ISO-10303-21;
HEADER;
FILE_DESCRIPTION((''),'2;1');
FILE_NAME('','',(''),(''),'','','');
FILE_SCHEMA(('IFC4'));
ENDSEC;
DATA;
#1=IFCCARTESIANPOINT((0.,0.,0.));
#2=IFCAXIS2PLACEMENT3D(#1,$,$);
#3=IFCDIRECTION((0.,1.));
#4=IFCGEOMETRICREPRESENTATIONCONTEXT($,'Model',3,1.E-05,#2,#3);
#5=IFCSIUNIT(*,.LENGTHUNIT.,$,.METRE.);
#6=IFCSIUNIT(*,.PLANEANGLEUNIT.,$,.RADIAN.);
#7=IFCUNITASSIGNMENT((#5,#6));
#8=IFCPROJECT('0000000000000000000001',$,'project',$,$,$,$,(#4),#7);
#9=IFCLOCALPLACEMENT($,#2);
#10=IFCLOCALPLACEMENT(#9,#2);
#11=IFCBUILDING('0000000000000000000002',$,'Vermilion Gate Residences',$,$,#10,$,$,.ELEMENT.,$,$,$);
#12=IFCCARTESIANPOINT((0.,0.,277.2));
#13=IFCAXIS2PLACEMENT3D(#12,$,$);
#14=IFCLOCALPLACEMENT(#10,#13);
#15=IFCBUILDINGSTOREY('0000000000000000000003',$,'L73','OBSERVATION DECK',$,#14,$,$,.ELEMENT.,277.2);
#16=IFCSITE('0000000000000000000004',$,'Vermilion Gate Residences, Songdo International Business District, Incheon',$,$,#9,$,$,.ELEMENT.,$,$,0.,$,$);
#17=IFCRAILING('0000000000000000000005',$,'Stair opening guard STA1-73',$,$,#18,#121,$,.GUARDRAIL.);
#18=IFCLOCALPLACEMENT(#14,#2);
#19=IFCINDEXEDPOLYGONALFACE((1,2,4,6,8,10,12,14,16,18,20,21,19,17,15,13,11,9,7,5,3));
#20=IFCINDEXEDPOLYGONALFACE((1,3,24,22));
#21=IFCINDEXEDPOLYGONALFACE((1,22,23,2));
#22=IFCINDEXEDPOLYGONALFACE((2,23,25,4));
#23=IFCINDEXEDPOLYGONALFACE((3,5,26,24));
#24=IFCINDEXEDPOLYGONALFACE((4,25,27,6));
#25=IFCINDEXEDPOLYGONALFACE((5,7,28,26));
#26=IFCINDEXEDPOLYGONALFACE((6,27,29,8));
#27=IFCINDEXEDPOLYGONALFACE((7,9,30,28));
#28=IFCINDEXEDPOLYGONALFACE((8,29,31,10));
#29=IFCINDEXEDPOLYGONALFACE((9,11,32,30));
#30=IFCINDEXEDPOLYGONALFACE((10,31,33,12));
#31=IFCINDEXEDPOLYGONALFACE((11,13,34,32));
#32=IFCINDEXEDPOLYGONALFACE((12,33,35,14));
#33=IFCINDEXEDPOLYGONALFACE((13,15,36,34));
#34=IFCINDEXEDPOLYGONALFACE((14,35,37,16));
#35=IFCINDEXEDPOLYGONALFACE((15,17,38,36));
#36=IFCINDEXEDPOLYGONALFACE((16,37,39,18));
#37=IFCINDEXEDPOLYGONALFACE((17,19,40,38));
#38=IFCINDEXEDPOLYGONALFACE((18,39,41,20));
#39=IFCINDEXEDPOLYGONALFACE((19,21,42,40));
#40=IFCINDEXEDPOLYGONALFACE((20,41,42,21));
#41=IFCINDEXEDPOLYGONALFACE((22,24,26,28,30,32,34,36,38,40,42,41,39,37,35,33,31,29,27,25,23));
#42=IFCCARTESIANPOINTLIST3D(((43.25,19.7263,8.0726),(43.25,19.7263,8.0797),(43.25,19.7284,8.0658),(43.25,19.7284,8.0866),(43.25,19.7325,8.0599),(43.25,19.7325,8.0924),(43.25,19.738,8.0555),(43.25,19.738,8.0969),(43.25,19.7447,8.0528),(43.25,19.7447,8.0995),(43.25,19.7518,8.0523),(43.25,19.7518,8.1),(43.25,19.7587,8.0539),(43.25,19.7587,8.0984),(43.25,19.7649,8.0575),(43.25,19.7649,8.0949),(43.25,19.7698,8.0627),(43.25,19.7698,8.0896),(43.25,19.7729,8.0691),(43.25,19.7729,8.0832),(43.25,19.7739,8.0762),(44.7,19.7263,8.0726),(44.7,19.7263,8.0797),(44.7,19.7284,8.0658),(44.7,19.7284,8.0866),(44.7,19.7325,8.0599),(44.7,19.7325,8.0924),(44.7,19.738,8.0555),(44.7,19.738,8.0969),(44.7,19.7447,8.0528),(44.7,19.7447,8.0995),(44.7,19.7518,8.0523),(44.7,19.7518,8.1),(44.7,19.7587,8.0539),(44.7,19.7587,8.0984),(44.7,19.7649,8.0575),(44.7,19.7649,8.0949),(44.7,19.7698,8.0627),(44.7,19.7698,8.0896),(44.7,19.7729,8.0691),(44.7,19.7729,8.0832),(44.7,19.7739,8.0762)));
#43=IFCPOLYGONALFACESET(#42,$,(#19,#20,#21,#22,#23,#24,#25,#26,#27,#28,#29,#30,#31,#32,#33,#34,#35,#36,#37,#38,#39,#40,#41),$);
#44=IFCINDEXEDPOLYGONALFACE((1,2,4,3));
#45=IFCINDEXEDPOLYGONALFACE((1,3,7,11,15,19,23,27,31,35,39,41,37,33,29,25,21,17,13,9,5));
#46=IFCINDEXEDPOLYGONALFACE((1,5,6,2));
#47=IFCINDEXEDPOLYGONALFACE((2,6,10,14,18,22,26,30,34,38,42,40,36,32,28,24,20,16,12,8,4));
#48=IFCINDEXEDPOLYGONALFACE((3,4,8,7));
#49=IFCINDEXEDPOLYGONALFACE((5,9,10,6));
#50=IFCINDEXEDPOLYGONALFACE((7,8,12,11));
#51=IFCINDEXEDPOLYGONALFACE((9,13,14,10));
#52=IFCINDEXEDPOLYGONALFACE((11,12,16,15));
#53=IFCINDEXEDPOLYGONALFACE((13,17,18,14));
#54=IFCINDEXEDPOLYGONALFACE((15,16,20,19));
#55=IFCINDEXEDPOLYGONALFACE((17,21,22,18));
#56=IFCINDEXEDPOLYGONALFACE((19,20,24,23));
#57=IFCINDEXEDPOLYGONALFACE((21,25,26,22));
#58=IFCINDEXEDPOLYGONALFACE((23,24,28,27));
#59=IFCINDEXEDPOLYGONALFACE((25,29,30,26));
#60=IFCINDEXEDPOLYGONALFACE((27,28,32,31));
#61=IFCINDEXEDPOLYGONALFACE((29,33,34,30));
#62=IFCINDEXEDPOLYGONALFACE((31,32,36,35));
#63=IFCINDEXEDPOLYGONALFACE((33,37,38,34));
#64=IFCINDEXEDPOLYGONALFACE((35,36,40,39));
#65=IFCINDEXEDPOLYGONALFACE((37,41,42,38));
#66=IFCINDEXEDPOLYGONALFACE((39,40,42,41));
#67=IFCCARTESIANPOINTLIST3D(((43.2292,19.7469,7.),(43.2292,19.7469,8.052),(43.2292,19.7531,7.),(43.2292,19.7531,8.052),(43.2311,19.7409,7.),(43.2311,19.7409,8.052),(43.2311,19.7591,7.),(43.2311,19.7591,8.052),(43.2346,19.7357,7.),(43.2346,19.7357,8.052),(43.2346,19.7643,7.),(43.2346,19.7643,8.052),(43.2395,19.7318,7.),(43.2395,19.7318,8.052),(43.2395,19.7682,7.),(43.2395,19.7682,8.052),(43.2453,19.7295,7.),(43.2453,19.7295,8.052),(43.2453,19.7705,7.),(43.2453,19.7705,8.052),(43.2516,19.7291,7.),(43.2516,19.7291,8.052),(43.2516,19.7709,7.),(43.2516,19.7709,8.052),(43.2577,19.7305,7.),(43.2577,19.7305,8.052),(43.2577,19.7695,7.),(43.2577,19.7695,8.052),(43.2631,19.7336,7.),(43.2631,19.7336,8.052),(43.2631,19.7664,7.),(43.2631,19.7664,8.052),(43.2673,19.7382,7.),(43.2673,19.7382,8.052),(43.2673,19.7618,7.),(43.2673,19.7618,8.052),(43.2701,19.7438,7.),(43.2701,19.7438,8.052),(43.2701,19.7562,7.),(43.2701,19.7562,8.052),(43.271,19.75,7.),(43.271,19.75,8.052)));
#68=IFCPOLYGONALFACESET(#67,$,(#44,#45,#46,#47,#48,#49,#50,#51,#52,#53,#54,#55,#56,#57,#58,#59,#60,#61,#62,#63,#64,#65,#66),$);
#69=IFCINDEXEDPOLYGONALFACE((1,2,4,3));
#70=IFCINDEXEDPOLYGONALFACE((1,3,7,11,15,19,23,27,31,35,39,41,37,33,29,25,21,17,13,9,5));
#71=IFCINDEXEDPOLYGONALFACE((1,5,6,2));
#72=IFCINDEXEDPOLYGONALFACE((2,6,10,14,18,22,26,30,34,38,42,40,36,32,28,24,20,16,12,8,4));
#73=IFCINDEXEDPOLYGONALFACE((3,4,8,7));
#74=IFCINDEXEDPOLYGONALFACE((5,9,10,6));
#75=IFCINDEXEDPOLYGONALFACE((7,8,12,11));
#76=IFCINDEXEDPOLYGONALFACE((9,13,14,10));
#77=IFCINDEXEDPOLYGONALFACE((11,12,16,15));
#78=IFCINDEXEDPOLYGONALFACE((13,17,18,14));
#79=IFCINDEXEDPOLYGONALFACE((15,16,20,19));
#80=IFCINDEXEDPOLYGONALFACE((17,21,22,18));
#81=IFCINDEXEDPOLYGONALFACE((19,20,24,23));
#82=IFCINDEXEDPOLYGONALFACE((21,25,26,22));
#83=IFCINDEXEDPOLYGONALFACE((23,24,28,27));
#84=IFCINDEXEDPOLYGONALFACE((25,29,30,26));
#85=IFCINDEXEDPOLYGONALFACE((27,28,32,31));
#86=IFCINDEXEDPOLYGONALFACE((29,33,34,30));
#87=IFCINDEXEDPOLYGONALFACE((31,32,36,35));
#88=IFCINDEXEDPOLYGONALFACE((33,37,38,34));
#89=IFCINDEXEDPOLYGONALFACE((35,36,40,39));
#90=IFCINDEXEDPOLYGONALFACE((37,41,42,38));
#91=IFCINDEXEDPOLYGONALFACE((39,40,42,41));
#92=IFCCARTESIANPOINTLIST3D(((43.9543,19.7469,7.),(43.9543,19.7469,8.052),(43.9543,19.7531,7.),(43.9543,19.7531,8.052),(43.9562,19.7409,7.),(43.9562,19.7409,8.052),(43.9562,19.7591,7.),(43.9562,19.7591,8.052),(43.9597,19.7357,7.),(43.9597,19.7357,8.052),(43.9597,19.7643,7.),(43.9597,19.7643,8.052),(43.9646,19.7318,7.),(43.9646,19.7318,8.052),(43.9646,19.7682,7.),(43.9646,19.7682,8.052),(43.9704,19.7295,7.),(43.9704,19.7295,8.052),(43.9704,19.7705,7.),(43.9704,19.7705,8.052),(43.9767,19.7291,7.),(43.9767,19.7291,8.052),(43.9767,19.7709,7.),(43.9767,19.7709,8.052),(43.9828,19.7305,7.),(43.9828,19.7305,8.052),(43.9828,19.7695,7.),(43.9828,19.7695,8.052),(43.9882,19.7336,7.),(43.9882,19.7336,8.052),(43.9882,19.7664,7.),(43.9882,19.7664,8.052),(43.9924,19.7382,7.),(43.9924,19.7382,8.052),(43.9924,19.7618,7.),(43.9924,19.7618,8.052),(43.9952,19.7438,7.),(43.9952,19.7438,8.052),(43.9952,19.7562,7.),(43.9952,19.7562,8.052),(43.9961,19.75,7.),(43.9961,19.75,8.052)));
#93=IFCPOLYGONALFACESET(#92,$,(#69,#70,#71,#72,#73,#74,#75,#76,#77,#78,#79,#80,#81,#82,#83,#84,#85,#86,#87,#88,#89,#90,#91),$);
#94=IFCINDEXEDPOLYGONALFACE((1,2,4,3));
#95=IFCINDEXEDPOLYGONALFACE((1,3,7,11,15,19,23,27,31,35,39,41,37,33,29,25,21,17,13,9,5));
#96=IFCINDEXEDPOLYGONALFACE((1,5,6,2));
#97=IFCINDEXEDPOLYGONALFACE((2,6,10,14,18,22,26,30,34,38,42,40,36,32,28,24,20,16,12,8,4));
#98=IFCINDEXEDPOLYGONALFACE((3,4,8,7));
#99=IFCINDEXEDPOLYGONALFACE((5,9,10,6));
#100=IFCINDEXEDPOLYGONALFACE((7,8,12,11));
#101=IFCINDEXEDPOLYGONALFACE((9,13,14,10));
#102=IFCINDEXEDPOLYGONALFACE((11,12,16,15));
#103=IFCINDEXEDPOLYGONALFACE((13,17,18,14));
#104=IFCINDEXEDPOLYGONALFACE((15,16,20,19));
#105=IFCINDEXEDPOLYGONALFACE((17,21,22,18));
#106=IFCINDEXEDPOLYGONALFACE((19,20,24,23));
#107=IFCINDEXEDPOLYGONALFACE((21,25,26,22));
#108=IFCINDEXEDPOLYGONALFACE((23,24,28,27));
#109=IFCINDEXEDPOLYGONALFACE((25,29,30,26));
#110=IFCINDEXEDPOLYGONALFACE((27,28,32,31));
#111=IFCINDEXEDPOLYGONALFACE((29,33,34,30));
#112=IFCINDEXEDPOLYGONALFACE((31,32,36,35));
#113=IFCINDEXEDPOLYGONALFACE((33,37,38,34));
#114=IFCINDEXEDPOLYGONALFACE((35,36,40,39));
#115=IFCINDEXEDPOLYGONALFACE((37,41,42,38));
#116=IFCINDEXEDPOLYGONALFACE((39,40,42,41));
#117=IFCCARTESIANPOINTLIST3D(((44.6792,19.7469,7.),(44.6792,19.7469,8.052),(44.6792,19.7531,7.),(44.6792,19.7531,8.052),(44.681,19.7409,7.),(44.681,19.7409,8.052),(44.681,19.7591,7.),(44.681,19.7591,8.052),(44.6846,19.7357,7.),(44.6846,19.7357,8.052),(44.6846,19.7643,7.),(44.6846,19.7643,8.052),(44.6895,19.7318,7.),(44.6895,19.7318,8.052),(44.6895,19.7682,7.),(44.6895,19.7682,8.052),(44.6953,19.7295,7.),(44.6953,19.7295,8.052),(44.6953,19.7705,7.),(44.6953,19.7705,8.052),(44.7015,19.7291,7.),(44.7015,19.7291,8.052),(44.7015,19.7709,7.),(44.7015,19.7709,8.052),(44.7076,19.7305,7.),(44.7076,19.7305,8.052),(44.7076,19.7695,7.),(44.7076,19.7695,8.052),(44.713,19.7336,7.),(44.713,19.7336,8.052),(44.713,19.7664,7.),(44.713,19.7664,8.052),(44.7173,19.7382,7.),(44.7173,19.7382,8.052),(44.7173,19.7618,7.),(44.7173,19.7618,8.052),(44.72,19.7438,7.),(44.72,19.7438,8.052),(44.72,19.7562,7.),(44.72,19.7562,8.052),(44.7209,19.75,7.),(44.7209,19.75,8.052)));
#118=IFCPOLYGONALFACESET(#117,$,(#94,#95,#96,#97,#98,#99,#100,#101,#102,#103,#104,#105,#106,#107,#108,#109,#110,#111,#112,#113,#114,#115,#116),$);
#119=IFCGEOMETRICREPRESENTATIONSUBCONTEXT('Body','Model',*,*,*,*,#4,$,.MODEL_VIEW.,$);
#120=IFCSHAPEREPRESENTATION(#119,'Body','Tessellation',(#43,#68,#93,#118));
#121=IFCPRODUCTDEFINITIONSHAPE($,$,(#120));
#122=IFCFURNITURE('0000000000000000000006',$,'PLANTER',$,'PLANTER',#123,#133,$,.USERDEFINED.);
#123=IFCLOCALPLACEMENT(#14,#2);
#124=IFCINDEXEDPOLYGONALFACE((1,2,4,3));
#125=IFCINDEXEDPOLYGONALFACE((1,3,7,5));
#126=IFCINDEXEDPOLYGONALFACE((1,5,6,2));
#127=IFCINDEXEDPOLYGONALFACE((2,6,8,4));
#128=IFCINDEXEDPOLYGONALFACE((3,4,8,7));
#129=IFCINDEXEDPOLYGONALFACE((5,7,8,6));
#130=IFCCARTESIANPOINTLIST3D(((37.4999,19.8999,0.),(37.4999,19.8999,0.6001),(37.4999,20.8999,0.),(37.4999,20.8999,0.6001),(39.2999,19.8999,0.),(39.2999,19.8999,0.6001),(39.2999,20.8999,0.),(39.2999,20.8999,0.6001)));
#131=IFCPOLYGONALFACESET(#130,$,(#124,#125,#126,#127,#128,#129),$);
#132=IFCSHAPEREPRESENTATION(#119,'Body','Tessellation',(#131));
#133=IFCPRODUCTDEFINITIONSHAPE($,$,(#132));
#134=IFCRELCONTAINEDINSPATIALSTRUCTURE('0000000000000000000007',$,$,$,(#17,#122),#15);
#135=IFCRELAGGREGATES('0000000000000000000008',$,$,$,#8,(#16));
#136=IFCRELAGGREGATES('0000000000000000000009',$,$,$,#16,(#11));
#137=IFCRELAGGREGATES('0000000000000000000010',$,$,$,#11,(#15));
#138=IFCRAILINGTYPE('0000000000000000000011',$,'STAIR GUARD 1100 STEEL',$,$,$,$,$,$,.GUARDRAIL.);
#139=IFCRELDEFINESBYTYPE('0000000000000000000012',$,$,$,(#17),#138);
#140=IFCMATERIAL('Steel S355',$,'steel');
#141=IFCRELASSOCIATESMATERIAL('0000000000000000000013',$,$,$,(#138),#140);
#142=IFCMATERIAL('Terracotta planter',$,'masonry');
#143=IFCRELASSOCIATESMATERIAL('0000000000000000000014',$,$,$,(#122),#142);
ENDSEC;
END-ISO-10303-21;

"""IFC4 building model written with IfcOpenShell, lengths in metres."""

from ifc_helpers import new_model, si_unit, direction, frame, origin, origin_2d, place, context, subcontext, project, spatial, rectangle, circle, extrude, material, type_object, element, save


model = new_model("IFC4")

# Units and contexts
model_context = context("Model", 3, precision=1e-05, world=origin(), true_north=direction((0.0, 1.0)))
body_context = subcontext(model_context, "Body", "Model", "MODEL_VIEW")
ifc_project = project(units=[si_unit("LENGTHUNIT", "METRE"), si_unit("PLANEANGLEUNIT", "RADIAN")], contexts=[model_context])

# Site, building, storey
site_placement = place(None, origin())
site = spatial("IfcSite", under=ifc_project, at=site_placement, Name="Vermilion Gate Residences, Songdo International Business District, Incheon", CompositionType="ELEMENT", RefElevation=0.0)
building_placement = place(site_placement, origin())
building = spatial("IfcBuilding", under=site, at=building_placement, Name="Vermilion Gate Residences", CompositionType="ELEMENT")
storey_placement = place(building_placement, frame((0.0, 0.0, 277.2)))
storey = spatial("IfcBuildingStorey", under=building, at=storey_placement, Name="L73", Description="OBSERVATION DECK", CompositionType="ELEMENT", Elevation=277.2)

# Railing
ifc_material_1 = material(Name="Steel S355", Category="steel")
railing_type_1 = type_object("IfcRailingType", Name="STAIR GUARD 1100 STEEL", PredefinedType="GUARDRAIL", material=ifc_material_1)
railing_1_placement = place(storey_placement, frame((43.25, 19.75, 7.0)))
element("IfcRailing", 1, at=railing_1_placement, inside=storey, type_object=railing_type_1, Name="Stair opening guard STA1-73", PredefinedType="GUARDRAIL", context=body_context, shape_type="SweptSolid", body=[
    extrude(circle(Radius=0.0239, at=origin_2d()), frame((0.0, 0.0, 1.0762), z_axis=(1.0, 0.0, 0.0), x_axis=(0.0, 1.0, 0.0)), (0.0, 0.0, 1.0), 1.45),
    extrude(circle(Radius=0.021, at=origin_2d()), origin(), (0.0, 0.0, 1.0), 1.052),
    extrude(circle(Radius=0.021, at=origin_2d()), frame((0.7251, 0.0, 0.0)), (0.0, 0.0, 1.0), 1.052),
    extrude(circle(Radius=0.021, at=origin_2d()), frame((1.45, 0.0, 0.0)), (0.0, 0.0, 1.0), 1.052),
])

# Furniture
ifc_material_2 = material(Name="Terracotta planter", Category="masonry")
furniture_placement = place(storey_placement, frame((38.3999, 20.3999, 0.0), z_axis=(0.0, 0.0, 1.0), x_axis=(1.0, 0.0, 0.0)))
element("IfcFurniture", 2, at=furniture_placement, inside=storey, material=ifc_material_2, Name="PLANTER", ObjectType="PLANTER", PredefinedType="USERDEFINED", context=body_context, shape_type="SweptSolid", body=[
    extrude(rectangle(XDim=1.8, YDim=1.0, at=origin_2d()), origin(), (0.0, 0.0, 1.0), 0.6001),
])

save(model, "model.ifc")
